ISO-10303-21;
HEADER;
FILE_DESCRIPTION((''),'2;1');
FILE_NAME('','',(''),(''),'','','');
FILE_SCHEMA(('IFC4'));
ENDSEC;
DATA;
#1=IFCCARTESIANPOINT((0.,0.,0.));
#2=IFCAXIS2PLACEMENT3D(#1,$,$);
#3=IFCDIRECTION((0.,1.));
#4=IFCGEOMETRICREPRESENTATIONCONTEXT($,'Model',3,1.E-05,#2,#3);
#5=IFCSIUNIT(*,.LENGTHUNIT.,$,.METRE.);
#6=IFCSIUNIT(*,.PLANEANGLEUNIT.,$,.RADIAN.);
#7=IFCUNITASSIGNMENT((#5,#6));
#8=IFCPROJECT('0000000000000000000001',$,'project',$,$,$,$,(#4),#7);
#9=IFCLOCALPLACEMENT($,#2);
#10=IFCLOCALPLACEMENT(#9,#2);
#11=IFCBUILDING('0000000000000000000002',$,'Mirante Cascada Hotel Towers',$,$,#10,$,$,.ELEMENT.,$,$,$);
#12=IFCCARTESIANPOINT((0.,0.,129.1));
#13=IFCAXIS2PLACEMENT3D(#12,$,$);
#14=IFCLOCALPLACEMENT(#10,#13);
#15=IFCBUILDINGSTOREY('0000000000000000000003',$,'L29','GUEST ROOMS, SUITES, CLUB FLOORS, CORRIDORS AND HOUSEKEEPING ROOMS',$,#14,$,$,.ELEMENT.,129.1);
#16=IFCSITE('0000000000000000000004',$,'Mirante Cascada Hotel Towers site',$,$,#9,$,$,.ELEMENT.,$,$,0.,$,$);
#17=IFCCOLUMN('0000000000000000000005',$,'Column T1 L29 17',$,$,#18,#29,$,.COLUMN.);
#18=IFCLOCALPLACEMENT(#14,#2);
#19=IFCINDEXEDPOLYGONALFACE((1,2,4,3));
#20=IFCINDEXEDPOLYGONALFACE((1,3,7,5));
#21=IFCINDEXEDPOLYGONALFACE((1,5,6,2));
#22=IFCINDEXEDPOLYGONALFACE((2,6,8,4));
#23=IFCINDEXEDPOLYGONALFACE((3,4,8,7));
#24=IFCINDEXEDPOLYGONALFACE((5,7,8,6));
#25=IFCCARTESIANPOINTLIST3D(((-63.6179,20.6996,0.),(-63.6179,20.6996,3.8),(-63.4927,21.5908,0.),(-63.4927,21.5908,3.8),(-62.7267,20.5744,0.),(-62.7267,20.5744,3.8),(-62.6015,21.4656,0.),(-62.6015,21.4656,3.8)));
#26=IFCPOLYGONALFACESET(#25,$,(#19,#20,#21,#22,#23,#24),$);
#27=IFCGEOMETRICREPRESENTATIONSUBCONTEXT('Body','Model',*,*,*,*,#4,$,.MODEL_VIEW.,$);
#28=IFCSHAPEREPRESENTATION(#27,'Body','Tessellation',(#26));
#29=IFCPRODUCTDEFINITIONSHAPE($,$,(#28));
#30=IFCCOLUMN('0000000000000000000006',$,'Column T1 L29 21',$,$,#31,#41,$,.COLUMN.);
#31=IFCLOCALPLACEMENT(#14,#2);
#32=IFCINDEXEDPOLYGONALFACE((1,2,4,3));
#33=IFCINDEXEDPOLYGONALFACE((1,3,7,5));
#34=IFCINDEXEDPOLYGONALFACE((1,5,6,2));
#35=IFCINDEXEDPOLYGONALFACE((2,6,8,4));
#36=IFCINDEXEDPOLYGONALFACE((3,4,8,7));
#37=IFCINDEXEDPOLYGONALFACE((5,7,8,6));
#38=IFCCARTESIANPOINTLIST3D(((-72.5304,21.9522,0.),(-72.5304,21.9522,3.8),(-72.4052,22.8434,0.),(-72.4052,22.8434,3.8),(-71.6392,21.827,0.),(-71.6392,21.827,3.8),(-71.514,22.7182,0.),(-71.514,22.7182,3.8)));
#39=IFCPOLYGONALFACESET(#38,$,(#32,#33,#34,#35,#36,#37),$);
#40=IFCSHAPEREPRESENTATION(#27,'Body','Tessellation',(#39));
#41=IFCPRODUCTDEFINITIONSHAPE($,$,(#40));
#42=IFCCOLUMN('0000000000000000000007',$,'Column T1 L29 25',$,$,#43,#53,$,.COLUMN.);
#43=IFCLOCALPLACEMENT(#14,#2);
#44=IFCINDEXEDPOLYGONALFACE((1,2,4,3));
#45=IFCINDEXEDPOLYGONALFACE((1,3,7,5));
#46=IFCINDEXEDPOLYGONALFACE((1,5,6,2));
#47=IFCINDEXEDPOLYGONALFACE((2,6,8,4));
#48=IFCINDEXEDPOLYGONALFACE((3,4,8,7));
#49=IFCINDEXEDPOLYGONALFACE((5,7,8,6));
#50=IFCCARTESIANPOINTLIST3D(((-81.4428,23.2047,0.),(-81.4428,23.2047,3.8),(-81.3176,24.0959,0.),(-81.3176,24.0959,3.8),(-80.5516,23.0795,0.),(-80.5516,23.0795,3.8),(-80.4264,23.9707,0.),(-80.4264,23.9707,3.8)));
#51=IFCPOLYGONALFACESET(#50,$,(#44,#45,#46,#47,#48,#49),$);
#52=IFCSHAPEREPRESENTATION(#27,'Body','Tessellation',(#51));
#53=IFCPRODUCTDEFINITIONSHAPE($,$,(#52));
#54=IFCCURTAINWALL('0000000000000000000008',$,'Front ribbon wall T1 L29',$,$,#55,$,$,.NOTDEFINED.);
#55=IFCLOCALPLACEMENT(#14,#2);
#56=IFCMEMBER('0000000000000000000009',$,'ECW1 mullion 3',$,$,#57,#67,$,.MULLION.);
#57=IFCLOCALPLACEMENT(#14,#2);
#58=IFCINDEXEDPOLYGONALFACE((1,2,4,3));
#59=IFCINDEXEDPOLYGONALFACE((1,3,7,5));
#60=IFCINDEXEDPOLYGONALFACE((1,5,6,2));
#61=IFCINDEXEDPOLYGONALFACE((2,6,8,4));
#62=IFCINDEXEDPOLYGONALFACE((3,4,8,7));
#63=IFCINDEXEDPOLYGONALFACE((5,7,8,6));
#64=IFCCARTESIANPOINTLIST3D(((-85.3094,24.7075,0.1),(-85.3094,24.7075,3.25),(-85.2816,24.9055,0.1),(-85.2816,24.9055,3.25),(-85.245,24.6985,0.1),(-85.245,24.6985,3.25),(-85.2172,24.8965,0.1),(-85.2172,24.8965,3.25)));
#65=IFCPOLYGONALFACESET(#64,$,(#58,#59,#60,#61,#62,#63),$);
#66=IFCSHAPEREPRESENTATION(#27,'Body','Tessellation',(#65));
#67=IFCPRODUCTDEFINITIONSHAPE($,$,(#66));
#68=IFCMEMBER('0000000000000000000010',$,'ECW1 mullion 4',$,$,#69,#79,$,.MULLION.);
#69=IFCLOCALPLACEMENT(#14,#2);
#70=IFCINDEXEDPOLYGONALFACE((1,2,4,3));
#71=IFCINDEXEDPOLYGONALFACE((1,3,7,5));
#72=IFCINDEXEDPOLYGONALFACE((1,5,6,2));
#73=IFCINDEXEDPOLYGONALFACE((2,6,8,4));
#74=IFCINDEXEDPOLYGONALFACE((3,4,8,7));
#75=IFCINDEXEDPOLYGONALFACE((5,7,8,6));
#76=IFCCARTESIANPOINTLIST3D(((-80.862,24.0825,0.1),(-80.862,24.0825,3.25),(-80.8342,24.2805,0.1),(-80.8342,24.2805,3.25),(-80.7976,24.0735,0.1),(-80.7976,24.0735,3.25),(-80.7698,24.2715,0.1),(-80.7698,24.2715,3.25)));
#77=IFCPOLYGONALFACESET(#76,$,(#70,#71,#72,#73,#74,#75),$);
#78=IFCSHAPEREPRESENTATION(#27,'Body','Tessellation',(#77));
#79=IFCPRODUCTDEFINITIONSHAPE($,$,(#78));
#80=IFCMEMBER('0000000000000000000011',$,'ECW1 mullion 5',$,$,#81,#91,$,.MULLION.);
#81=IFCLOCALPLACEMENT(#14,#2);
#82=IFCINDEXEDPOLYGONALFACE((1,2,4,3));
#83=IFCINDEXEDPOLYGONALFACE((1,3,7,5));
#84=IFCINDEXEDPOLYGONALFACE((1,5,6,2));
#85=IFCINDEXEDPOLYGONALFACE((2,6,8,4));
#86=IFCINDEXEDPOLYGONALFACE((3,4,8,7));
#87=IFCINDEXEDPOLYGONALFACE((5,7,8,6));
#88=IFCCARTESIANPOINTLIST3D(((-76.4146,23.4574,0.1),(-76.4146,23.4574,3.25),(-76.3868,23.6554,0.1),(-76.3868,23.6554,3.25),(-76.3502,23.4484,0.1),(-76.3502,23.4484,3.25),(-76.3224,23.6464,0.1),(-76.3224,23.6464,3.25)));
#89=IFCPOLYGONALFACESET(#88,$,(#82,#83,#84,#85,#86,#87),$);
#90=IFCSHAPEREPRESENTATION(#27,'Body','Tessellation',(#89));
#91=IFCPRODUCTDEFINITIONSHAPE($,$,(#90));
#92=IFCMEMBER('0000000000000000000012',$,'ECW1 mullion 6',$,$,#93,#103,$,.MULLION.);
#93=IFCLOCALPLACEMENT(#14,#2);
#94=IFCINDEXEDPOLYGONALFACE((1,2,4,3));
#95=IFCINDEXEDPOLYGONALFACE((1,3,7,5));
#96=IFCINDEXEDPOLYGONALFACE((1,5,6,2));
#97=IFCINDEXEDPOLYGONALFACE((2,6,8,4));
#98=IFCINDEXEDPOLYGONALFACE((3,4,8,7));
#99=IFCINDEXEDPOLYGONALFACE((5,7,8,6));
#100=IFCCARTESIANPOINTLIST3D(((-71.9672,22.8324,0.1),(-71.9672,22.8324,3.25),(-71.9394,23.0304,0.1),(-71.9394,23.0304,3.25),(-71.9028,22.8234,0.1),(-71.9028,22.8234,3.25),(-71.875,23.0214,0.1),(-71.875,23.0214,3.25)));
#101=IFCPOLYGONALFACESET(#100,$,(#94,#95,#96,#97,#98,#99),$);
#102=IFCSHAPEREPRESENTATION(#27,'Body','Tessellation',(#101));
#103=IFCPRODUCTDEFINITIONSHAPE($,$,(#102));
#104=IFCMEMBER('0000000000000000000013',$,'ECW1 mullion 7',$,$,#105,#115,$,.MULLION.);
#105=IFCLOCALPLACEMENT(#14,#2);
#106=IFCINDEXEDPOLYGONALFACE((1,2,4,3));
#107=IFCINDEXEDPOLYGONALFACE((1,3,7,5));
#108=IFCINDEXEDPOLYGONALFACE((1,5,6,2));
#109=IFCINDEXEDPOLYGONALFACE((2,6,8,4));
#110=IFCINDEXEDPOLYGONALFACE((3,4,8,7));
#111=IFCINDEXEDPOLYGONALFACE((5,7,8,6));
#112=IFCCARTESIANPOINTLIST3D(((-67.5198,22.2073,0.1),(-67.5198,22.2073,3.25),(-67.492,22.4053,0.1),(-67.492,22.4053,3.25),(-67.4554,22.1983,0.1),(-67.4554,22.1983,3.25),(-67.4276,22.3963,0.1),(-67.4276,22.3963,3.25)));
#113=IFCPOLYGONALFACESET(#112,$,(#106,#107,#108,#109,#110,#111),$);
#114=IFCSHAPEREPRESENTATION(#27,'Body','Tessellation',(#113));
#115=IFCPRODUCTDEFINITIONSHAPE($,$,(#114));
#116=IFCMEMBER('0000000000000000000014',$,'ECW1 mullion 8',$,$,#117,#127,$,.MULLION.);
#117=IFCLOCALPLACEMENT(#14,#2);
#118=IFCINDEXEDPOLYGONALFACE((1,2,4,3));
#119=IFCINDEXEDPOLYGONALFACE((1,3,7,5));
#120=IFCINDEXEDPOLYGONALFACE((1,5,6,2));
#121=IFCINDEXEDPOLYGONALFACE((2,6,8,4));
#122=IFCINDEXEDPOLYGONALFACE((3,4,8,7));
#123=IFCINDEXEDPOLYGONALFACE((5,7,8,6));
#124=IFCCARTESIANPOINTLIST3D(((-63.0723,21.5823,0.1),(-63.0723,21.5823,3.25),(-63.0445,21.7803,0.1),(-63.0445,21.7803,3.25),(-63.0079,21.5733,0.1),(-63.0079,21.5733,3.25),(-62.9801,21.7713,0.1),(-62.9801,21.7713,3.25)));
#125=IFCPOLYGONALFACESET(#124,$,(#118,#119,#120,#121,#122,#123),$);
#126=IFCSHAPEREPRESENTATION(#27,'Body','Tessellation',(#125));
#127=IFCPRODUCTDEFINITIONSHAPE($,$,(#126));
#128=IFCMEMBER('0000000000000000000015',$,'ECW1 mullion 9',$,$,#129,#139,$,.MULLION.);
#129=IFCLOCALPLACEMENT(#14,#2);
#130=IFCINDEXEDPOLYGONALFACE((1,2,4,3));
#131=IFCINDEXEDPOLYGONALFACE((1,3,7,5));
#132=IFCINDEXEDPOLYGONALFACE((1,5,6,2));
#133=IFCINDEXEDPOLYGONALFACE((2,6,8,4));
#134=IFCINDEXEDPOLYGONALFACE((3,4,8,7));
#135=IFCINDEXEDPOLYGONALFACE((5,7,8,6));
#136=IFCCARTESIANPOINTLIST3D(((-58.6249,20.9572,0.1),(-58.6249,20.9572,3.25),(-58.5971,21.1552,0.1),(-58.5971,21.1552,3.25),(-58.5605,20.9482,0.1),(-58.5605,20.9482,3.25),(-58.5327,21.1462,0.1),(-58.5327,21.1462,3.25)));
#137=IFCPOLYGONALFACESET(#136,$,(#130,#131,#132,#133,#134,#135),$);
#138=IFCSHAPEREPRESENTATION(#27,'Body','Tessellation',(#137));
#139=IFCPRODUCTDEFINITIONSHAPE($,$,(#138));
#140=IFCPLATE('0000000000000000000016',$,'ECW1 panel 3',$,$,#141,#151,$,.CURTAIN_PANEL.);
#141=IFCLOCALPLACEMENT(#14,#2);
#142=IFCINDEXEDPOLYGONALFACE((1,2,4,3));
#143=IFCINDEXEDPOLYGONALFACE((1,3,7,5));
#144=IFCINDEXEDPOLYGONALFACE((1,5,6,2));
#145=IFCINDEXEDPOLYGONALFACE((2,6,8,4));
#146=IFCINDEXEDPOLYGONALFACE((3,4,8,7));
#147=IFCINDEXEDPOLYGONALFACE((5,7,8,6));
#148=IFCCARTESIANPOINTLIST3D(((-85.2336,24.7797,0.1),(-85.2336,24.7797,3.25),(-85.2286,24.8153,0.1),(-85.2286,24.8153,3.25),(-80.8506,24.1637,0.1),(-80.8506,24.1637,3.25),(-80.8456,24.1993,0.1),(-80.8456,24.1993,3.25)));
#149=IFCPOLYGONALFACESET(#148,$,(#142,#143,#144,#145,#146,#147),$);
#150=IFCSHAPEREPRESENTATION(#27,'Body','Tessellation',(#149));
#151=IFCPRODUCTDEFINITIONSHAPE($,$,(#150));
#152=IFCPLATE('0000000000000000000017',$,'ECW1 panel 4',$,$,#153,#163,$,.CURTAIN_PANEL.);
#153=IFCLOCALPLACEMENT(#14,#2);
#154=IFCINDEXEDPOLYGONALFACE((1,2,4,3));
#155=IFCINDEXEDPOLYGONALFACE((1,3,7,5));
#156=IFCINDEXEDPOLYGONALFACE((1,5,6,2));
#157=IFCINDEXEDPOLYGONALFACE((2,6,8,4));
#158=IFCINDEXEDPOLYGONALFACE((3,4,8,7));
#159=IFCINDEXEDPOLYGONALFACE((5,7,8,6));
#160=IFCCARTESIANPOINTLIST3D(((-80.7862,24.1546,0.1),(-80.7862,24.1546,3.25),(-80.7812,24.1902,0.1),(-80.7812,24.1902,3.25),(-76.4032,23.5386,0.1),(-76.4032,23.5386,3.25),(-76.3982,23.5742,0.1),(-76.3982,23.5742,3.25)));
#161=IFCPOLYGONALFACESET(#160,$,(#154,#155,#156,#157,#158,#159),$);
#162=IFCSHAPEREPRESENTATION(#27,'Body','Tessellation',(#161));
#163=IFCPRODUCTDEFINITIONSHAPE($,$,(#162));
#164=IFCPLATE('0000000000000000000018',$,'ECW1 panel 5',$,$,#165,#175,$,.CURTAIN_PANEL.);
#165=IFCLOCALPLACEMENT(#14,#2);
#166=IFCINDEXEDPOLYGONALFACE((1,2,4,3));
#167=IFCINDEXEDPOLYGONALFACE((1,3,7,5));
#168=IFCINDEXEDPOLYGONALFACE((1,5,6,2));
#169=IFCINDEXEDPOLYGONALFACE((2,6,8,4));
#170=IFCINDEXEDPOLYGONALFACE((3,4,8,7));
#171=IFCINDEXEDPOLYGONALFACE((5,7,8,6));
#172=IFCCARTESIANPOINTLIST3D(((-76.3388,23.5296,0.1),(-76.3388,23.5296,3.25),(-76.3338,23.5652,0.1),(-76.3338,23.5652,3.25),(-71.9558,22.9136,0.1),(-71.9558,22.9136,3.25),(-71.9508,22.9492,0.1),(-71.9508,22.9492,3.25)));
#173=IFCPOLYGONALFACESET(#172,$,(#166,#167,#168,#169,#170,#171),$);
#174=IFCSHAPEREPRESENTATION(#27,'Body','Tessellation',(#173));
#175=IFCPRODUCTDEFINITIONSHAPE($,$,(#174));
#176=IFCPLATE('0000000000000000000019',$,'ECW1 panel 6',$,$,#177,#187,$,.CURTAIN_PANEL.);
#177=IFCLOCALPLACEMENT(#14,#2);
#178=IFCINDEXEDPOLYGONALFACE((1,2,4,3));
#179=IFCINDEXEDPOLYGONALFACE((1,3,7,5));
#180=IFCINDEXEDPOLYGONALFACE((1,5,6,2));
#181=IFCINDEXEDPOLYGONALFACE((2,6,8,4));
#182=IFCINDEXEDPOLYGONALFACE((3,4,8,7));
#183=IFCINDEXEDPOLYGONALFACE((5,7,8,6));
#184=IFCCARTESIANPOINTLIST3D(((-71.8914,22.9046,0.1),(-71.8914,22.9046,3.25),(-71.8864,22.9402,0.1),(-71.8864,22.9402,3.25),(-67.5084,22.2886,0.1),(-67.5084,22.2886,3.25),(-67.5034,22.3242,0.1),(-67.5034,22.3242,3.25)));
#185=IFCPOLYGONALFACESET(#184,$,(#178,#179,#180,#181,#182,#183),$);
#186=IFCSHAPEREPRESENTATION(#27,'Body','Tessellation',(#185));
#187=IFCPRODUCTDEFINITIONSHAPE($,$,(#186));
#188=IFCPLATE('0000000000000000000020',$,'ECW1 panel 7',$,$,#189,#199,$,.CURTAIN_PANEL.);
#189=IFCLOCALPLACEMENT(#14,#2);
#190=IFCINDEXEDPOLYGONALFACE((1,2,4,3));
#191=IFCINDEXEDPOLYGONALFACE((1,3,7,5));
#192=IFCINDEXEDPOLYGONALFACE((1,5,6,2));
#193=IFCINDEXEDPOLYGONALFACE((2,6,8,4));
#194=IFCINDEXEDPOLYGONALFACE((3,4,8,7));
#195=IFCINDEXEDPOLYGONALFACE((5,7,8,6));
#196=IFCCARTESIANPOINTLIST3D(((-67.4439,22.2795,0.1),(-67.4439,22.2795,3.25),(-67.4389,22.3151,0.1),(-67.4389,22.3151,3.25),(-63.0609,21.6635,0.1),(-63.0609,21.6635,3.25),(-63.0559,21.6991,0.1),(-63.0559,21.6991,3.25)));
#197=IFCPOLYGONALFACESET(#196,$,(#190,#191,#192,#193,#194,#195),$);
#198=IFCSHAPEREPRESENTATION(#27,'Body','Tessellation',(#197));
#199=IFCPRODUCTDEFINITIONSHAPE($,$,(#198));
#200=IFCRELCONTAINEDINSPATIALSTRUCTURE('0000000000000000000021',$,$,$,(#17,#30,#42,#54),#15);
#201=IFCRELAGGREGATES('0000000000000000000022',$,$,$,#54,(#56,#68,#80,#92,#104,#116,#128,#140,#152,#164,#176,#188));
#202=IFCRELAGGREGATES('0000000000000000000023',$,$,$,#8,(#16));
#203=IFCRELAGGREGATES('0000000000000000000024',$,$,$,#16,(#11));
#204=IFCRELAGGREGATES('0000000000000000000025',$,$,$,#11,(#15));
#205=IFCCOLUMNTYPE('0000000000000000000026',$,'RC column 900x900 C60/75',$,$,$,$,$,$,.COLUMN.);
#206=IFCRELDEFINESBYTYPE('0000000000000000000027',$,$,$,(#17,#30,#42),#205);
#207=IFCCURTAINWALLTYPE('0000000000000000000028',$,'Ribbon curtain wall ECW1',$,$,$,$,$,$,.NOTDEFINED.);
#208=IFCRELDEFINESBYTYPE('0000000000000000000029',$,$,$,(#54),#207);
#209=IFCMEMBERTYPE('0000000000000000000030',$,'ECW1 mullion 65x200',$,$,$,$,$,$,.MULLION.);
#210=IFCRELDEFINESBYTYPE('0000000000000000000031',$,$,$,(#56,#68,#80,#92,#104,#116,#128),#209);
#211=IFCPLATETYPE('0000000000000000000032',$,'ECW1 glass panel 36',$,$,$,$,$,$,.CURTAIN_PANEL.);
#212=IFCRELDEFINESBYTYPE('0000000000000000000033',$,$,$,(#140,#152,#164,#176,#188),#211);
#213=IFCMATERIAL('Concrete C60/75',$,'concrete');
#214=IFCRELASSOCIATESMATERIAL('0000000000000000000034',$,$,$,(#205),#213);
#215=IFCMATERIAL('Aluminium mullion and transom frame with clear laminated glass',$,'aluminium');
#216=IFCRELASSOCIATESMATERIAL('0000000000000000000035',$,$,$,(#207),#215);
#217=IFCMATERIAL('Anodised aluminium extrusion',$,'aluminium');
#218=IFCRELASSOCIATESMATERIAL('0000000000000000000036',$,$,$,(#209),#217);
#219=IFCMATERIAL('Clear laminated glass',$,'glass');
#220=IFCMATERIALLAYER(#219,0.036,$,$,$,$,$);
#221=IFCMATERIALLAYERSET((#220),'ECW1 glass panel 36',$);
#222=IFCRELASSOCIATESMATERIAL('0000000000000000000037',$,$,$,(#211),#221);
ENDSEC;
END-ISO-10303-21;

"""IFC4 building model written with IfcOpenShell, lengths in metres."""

from ifc_helpers import new_model, si_unit, direction, frame, origin, origin_2d, place, context, subcontext, project, spatial, rectangle, extrude, material, layer, layer_set, material_profile, profile_set, type_object, element, aggregate, save


model = new_model("IFC4")

# Units and contexts
model_context = context("Model", 3, precision=1e-05, world=origin(), true_north=direction((0.0, 1.0)))
body_context = subcontext(model_context, "Body", "Model", "MODEL_VIEW")
ifc_project = project(units=[si_unit("LENGTHUNIT", "METRE"), si_unit("PLANEANGLEUNIT", "RADIAN")], contexts=[model_context])

# Site, building, storey
site_placement = place(None, origin())
site = spatial("IfcSite", under=ifc_project, at=site_placement, Name="Mirante Cascada Hotel Towers site", CompositionType="ELEMENT", RefElevation=0.0)
building_placement = place(site_placement, origin())
building = spatial("IfcBuilding", under=site, at=building_placement, Name="Mirante Cascada Hotel Towers", CompositionType="ELEMENT")
storey_placement = place(building_placement, frame((0.0, 0.0, 129.1)))
storey = spatial("IfcBuildingStorey", under=building, at=storey_placement, Name="L29", Description="GUEST ROOMS, SUITES, CLUB FLOORS, CORRIDORS AND HOUSEKEEPING ROOMS", CompositionType="ELEMENT", Elevation=129.1)

# Columns
ifc_material_1 = material(Name="Concrete C60/75", Category="concrete")
ifc_material_profile_1 = material_profile(ifc_material_1, rectangle(XDim=0.9, YDim=0.9, at=origin_2d()), Name="RC column 900x900 C60/75")
ifc_profile_set_1 = profile_set([ifc_material_profile_1], Name="Concrete C60/75")
column_type = type_object("IfcColumnType", Name="RC column 900x900 C60/75", PredefinedType="COLUMN", material=ifc_profile_set_1)
for number, where, z_axis, x_axis, name in (
    (1, (-63.1097, 21.0826, 0.0), (0.0, 0.0, 1.0), (-0.990268, 0.139173, 0.0), "Column T1 L29 17"),
    (2, (-72.0222, 22.3352, 0.0), (0.0, 0.0, 1.0), (-0.990268, 0.139173, 0.0), "Column T1 L29 21"),
    (3, (-80.9346, 23.5877, 0.0), (0.0, 0.0, 1.0), (-0.990268, 0.139173, 0.0), "Column T1 L29 25"),
):
    element("IfcColumn", number, at=place(storey_placement, frame(where, z_axis=z_axis, x_axis=x_axis)), inside=storey, type_object=column_type, Name=name, PredefinedType="COLUMN", context=body_context, shape_type="SweptSolid", body=[
        extrude(rectangle(XDim=0.9, YDim=0.9, at=origin_2d()), origin(), (0.0, 0.0, 1.0), 3.8),
    ])

# Curtain wall, members, plates
ifc_material_2 = material(Name="Aluminium mullion and transom frame with clear laminated glass", Category="aluminium")
curtain_wall_type = type_object("IfcCurtainWallType", Name="Ribbon curtain wall ECW1", PredefinedType="NOTDEFINED", material=ifc_material_2)
curtain_wall_placement = place(storey_placement, origin())
curtain_wall = element("IfcCurtainWall", 4, at=curtain_wall_placement, inside=storey, type_object=curtain_wall_type, Name="Front ribbon wall T1 L29", PredefinedType="NOTDEFINED")
ifc_material_3 = material(Name="Anodised aluminium extrusion", Category="aluminium")
ifc_material_profile_2 = material_profile(ifc_material_3, rectangle(XDim=0.2, YDim=0.065, at=origin_2d()), Name="ECW1 MULLION 65x200")
ifc_profile_set_2 = profile_set([ifc_material_profile_2], Name="Anodised aluminium extrusion")
member_type = type_object("IfcMemberType", Name="ECW1 mullion 65x200", PredefinedType="MULLION", material=ifc_profile_set_2)
member_1_placement = place(storey_placement, frame((-85.2633, 24.802, 0.1), z_axis=(0.0, 0.0, 1.0), x_axis=(0.139173, 0.990268, 0.0)))
member_1 = element("IfcMember", 5, at=member_1_placement, type_object=member_type, Name="ECW1 mullion 3", PredefinedType="MULLION", context=body_context, shape_type="SweptSolid", body=[
    extrude(rectangle(XDim=0.2, YDim=0.065, at=origin_2d()), origin(), (0.0, 0.0, 1.0), 3.15),
])
member_2_placement = place(storey_placement, frame((-80.8159, 24.177, 0.1), z_axis=(0.0, 0.0, 1.0), x_axis=(0.139173, 0.990268, 0.0)))
member_2 = element("IfcMember", 6, at=member_2_placement, type_object=member_type, Name="ECW1 mullion 4", PredefinedType="MULLION", context=body_context, shape_type="SweptSolid", body=[
    extrude(rectangle(XDim=0.2, YDim=0.065, at=origin_2d()), origin(), (0.0, 0.0, 1.0), 3.15),
])
member_3_placement = place(storey_placement, frame((-76.3685, 23.5519, 0.1), z_axis=(0.0, 0.0, 1.0), x_axis=(0.139173, 0.990268, 0.0)))
member_3 = element("IfcMember", 7, at=member_3_placement, type_object=member_type, Name="ECW1 mullion 5", PredefinedType="MULLION", context=body_context, shape_type="SweptSolid", body=[
    extrude(rectangle(XDim=0.2, YDim=0.065, at=origin_2d()), origin(), (0.0, 0.0, 1.0), 3.15),
])
member_4_placement = place(storey_placement, frame((-71.9211, 22.9269, 0.1), z_axis=(0.0, 0.0, 1.0), x_axis=(0.139173, 0.990268, 0.0)))
member_4 = element("IfcMember", 8, at=member_4_placement, type_object=member_type, Name="ECW1 mullion 6", PredefinedType="MULLION", context=body_context, shape_type="SweptSolid", body=[
    extrude(rectangle(XDim=0.2, YDim=0.065, at=origin_2d()), origin(), (0.0, 0.0, 1.0), 3.15),
])
member_5_placement = place(storey_placement, frame((-67.4737, 22.3018, 0.1), z_axis=(0.0, 0.0, 1.0), x_axis=(0.139173, 0.990268, 0.0)))
member_5 = element("IfcMember", 9, at=member_5_placement, type_object=member_type, Name="ECW1 mullion 7", PredefinedType="MULLION", context=body_context, shape_type="SweptSolid", body=[
    extrude(rectangle(XDim=0.2, YDim=0.065, at=origin_2d()), origin(), (0.0, 0.0, 1.0), 3.15),
])
member_6_placement = place(storey_placement, frame((-63.0262, 21.6768, 0.1), z_axis=(0.0, 0.0, 1.0), x_axis=(0.139173, 0.990268, 0.0)))
member_6 = element("IfcMember", 10, at=member_6_placement, type_object=member_type, Name="ECW1 mullion 8", PredefinedType="MULLION", context=body_context, shape_type="SweptSolid", body=[
    extrude(rectangle(XDim=0.2, YDim=0.065, at=origin_2d()), origin(), (0.0, 0.0, 1.0), 3.15),
])
member_7_placement = place(storey_placement, frame((-58.5788, 21.0517, 0.1), z_axis=(0.0, 0.0, 1.0), x_axis=(0.139173, 0.990268, 0.0)))
member_7 = element("IfcMember", 11, at=member_7_placement, type_object=member_type, Name="ECW1 mullion 9", PredefinedType="MULLION", context=body_context, shape_type="SweptSolid", body=[
    extrude(rectangle(XDim=0.2, YDim=0.065, at=origin_2d()), origin(), (0.0, 0.0, 1.0), 3.15),
])
ifc_material_4 = material(Name="Clear laminated glass", Category="glass")
ifc_layer_1 = layer(ifc_material_4, 0.036)
ifc_layer_set_1 = layer_set([ifc_layer_1], Name="ECW1 glass panel 36")
plate_type = type_object("IfcPlateType", Name="ECW1 glass panel 36", PredefinedType="CURTAIN_PANEL", material=ifc_layer_set_1)
plate_1_placement = place(storey_placement, frame((-83.0396, 24.4895, 0.1), z_axis=(0.0, 0.0, 1.0), x_axis=(0.990268, -0.139173, 0.0)))
plate_1 = element("IfcPlate", 12, at=plate_1_placement, type_object=plate_type, Name="ECW1 panel 3", PredefinedType="CURTAIN_PANEL", context=body_context, shape_type="SweptSolid", body=[
    extrude(rectangle(XDim=4.4261, YDim=0.036, at=origin_2d()), origin(), (0.0, 0.0, 1.0), 3.15),
])
plate_2_placement = place(storey_placement, frame((-78.5922, 23.8644, 0.1), z_axis=(0.0, 0.0, 1.0), x_axis=(0.990268, -0.139173, 0.0)))
plate_2 = element("IfcPlate", 13, at=plate_2_placement, type_object=plate_type, Name="ECW1 panel 4", PredefinedType="CURTAIN_PANEL", context=body_context, shape_type="SweptSolid", body=[
    extrude(rectangle(XDim=4.4261, YDim=0.036, at=origin_2d()), origin(), (0.0, 0.0, 1.0), 3.15),
])
plate_3_placement = place(storey_placement, frame((-74.1448, 23.2394, 0.1), z_axis=(0.0, 0.0, 1.0), x_axis=(0.990268, -0.139173, 0.0)))
plate_3 = element("IfcPlate", 14, at=plate_3_placement, type_object=plate_type, Name="ECW1 panel 5", PredefinedType="CURTAIN_PANEL", context=body_context, shape_type="SweptSolid", body=[
    extrude(rectangle(XDim=4.4261, YDim=0.036, at=origin_2d()), origin(), (0.0, 0.0, 1.0), 3.15),
])
plate_4_placement = place(storey_placement, frame((-69.6974, 22.6144, 0.1), z_axis=(0.0, 0.0, 1.0), x_axis=(0.990268, -0.139173, 0.0)))
plate_4 = element("IfcPlate", 15, at=plate_4_placement, type_object=plate_type, Name="ECW1 panel 6", PredefinedType="CURTAIN_PANEL", context=body_context, shape_type="SweptSolid", body=[
    extrude(rectangle(XDim=4.4261, YDim=0.036, at=origin_2d()), origin(), (0.0, 0.0, 1.0), 3.15),
])
plate_5_placement = place(storey_placement, frame((-65.2499, 21.9893, 0.1), z_axis=(0.0, 0.0, 1.0), x_axis=(0.990268, -0.139173, 0.0)))
plate_5 = element("IfcPlate", 16, at=plate_5_placement, type_object=plate_type, Name="ECW1 panel 7", PredefinedType="CURTAIN_PANEL", context=body_context, shape_type="SweptSolid", body=[
    extrude(rectangle(XDim=4.4261, YDim=0.036, at=origin_2d()), origin(), (0.0, 0.0, 1.0), 3.15),
])
aggregate(curtain_wall, [member_1, member_2, member_3, member_4, member_5, member_6, member_7, plate_1, plate_2, plate_3, plate_4, plate_5])

save(model, "model.ifc")
